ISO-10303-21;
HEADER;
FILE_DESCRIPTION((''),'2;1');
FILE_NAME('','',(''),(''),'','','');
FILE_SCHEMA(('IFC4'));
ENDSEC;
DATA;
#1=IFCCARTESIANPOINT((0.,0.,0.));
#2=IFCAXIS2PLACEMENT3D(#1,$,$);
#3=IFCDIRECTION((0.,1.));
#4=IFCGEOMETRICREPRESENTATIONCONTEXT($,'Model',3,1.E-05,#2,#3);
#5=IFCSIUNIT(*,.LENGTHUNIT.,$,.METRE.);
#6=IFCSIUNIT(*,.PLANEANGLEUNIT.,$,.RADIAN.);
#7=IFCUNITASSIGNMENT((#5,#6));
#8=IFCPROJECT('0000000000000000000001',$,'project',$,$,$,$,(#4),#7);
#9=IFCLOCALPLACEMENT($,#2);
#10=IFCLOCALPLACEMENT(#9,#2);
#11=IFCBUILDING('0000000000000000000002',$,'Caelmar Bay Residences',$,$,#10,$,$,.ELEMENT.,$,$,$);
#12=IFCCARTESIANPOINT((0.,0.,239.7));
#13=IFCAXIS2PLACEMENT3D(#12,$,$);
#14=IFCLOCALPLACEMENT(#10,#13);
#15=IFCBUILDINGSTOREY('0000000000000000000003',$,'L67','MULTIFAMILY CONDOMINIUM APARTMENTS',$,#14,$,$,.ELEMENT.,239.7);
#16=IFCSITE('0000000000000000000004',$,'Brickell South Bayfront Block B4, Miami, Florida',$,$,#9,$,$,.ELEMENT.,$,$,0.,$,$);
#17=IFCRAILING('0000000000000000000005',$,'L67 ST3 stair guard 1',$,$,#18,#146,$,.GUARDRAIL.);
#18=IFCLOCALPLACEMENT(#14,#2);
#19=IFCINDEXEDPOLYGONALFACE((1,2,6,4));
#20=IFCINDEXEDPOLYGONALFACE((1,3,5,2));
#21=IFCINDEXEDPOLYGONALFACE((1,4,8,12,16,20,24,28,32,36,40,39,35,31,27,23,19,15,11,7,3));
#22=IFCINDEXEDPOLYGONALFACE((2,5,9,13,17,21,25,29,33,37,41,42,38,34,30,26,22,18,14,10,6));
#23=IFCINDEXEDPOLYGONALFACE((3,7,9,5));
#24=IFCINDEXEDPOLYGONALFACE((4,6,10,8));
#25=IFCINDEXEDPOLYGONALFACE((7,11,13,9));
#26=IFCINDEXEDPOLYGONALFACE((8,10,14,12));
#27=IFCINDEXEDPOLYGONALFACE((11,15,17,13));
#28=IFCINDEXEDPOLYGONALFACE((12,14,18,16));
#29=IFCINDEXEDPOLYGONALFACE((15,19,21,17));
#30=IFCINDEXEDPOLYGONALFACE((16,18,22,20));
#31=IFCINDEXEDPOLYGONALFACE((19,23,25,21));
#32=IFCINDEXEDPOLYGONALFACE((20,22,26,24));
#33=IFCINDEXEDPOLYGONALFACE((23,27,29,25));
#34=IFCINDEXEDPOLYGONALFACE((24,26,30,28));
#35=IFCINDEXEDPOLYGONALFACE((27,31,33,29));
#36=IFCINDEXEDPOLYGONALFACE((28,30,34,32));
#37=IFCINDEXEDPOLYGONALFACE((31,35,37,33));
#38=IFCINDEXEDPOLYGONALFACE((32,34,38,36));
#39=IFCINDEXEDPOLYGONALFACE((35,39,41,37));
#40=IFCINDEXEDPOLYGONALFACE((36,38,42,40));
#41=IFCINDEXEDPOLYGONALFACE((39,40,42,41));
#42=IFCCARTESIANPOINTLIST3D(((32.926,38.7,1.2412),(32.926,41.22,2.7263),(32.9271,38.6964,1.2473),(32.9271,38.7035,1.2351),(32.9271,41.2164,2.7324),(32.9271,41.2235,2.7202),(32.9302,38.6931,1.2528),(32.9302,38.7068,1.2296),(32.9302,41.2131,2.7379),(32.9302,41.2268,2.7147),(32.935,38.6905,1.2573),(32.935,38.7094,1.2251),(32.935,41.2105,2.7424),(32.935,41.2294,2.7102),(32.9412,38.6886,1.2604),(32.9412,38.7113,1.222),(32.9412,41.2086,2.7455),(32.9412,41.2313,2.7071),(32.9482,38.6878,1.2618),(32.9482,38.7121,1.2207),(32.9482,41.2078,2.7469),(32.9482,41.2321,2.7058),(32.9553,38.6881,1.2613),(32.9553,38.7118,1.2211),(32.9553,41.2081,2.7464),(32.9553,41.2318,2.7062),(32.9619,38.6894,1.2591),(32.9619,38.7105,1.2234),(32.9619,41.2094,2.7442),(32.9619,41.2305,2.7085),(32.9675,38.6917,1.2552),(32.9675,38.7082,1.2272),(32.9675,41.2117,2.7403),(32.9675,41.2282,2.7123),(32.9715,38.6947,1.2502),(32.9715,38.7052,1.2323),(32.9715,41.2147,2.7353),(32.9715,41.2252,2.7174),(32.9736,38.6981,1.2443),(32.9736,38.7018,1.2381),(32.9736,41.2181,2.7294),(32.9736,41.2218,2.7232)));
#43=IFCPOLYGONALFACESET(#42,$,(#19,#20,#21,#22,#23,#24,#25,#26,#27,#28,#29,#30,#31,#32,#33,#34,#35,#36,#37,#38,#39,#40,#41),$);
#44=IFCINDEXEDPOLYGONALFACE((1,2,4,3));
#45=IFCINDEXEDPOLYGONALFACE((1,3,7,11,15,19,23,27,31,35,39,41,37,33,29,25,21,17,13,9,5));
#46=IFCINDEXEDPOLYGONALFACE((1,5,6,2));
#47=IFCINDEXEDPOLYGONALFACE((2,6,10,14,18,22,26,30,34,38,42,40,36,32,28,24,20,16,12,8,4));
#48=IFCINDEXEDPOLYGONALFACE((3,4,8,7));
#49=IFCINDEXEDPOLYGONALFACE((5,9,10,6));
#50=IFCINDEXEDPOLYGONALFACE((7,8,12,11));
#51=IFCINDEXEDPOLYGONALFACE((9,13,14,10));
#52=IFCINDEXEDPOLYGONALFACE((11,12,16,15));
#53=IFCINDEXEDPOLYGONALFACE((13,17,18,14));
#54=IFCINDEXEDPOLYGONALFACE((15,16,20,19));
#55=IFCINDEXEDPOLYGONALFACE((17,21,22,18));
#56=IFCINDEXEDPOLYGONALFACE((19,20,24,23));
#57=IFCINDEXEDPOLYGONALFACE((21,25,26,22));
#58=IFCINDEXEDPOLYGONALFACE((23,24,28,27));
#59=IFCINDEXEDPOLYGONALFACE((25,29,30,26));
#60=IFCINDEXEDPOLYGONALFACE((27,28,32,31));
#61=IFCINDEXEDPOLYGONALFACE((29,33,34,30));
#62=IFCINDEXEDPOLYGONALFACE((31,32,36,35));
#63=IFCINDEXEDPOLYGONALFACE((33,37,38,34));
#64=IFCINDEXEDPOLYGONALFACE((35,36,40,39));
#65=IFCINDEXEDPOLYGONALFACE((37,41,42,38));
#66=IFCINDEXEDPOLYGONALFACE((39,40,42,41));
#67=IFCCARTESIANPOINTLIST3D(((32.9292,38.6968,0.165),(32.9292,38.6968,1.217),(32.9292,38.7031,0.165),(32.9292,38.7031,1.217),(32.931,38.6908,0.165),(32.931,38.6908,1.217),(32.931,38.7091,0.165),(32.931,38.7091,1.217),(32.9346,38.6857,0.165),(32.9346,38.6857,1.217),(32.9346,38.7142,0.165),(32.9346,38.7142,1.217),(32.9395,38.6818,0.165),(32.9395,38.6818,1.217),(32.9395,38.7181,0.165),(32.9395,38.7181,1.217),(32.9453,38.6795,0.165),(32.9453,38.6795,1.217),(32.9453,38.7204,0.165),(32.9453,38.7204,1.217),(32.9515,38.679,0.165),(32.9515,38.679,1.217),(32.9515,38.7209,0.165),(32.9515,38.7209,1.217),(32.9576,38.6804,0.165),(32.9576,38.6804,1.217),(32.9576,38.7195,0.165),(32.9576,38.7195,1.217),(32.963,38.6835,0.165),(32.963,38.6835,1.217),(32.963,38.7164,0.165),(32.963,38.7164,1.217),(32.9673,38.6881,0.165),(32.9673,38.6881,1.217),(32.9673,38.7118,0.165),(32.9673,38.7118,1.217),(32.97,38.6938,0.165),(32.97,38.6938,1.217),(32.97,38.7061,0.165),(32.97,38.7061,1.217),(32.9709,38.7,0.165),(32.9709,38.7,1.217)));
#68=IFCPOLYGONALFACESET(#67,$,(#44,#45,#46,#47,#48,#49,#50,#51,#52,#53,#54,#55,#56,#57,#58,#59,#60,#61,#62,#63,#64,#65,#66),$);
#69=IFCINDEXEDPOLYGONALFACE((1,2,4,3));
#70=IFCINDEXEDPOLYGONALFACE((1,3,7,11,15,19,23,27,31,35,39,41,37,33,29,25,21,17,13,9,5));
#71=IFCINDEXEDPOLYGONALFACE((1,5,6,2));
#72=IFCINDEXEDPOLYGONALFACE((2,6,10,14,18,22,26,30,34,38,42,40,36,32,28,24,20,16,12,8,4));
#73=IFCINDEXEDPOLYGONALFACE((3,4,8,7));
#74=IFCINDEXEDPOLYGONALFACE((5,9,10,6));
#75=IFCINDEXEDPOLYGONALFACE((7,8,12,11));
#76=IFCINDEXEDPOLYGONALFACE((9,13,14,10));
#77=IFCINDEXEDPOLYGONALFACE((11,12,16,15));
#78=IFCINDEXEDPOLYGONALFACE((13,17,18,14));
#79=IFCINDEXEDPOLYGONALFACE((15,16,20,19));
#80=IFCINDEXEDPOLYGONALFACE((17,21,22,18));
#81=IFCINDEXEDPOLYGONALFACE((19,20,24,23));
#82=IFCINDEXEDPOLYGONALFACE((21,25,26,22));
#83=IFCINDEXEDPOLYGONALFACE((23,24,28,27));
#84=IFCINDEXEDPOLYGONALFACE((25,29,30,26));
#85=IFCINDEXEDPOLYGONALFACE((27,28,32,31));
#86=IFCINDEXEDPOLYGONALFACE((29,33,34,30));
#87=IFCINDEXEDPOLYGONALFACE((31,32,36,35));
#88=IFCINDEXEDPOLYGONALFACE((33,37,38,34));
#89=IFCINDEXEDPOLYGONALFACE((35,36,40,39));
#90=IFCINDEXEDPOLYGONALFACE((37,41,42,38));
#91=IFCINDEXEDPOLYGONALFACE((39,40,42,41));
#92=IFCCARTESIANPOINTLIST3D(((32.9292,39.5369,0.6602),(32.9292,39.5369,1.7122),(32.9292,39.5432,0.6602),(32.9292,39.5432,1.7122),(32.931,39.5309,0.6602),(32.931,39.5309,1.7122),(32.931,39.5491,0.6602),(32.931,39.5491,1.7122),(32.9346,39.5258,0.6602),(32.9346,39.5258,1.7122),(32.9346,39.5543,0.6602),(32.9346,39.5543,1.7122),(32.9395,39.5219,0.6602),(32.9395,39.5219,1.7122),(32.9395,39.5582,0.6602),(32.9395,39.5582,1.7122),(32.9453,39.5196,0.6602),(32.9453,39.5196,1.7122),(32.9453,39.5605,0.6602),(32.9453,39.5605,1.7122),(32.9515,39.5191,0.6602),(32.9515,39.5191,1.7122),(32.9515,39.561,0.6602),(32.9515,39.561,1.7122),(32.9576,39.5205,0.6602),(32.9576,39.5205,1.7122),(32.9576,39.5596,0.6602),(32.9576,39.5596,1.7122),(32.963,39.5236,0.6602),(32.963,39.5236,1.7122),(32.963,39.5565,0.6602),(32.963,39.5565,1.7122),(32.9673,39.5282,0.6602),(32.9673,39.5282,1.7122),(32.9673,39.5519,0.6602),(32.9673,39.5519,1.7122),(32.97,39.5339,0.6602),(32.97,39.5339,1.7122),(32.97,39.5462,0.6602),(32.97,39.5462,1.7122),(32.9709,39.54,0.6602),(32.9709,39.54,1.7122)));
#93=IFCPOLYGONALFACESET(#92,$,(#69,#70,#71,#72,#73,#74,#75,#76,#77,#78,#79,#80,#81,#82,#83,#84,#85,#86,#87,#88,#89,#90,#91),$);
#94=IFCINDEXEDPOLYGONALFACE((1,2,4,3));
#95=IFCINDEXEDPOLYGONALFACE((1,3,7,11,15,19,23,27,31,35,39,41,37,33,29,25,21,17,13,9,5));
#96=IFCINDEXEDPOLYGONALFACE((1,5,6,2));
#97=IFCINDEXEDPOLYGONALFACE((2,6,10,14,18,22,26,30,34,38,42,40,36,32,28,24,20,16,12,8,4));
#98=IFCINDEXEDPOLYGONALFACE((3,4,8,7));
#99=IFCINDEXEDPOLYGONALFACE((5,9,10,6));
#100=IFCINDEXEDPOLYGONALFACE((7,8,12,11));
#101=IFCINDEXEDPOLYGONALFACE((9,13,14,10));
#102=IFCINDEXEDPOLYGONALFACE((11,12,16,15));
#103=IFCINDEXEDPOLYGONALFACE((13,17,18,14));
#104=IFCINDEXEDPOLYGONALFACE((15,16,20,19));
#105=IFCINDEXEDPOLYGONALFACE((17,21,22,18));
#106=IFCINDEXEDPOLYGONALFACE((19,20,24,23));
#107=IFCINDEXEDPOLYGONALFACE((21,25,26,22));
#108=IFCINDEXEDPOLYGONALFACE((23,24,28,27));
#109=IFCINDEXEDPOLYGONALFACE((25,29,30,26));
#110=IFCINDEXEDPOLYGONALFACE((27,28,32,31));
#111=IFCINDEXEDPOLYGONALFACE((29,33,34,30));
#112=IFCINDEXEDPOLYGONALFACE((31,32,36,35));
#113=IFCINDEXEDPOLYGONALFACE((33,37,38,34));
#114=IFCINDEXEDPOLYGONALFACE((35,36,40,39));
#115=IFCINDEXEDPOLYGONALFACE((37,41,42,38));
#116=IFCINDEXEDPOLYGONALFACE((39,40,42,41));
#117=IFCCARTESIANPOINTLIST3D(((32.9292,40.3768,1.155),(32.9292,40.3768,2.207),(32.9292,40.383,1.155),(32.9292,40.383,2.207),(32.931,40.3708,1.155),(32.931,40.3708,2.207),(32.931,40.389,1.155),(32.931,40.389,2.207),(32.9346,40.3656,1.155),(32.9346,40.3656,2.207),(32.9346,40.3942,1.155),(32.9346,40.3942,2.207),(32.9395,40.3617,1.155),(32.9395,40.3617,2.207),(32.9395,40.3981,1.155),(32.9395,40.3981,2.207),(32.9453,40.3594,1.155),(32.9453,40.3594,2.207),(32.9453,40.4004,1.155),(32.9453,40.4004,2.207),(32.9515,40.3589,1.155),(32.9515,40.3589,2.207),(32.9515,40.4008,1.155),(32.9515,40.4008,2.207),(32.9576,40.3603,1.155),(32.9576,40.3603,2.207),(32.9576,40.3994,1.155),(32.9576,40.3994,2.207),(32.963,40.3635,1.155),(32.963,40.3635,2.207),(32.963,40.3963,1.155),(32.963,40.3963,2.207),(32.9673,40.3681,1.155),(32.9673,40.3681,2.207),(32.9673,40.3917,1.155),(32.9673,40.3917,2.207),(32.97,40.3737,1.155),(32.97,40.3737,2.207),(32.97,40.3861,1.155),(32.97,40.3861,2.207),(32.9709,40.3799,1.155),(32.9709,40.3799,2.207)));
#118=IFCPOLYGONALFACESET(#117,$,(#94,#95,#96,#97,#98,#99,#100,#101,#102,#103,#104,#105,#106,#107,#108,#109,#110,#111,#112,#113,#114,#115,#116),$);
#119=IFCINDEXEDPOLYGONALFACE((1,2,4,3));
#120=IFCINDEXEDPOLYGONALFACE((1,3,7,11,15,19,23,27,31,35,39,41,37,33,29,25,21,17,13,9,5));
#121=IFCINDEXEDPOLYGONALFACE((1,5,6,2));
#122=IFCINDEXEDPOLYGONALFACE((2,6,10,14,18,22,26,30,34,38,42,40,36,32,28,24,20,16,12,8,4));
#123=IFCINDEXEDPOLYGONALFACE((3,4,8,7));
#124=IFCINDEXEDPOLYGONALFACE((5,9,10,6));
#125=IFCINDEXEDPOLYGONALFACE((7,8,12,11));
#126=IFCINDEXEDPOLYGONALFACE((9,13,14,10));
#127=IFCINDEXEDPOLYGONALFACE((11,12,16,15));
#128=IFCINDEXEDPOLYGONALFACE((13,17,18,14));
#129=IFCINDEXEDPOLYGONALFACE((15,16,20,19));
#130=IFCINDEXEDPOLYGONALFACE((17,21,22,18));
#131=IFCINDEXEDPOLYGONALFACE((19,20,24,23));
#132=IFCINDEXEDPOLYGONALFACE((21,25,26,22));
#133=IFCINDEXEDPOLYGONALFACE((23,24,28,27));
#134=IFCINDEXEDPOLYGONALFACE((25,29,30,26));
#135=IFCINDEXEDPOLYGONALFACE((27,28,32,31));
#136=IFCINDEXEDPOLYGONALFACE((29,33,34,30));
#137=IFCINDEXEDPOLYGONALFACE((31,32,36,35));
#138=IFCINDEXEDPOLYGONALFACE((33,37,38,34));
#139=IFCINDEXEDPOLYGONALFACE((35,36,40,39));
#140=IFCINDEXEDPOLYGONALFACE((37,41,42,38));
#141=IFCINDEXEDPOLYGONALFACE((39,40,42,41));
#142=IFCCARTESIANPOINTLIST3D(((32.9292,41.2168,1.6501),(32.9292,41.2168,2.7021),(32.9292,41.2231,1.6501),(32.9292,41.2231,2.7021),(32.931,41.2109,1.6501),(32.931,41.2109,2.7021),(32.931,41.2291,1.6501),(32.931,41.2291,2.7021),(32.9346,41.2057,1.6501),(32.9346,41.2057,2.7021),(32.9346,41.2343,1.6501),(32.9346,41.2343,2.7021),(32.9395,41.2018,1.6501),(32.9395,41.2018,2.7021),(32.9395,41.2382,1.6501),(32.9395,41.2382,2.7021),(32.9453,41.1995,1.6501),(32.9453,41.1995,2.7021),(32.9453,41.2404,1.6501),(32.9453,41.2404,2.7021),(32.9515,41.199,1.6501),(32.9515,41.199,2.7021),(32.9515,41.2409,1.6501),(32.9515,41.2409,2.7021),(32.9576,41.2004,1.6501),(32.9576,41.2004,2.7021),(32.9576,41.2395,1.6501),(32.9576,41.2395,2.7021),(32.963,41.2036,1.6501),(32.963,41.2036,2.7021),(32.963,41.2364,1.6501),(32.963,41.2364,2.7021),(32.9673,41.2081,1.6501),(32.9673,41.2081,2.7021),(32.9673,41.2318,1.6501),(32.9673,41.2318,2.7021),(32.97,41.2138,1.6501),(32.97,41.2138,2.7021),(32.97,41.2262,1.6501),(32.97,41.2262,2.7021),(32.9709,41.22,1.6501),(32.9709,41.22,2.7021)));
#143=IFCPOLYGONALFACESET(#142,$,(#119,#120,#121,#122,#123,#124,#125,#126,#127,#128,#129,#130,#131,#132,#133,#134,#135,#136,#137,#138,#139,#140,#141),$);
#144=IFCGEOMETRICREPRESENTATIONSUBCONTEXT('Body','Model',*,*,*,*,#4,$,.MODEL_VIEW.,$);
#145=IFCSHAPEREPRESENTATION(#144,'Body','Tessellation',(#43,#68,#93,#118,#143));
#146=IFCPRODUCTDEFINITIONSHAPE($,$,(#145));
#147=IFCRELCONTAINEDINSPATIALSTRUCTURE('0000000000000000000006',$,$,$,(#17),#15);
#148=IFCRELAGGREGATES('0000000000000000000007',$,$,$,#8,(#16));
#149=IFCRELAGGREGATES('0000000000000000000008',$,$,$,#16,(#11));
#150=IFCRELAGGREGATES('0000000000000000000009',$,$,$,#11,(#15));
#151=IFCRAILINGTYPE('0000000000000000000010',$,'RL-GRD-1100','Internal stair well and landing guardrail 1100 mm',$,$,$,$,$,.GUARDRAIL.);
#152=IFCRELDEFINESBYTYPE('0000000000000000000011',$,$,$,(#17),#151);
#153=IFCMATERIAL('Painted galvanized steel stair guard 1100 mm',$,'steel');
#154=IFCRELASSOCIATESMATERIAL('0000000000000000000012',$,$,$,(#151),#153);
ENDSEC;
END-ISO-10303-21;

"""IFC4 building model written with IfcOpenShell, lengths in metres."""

from ifc_helpers import new_model, si_unit, direction, frame, origin, origin_2d, place, context, subcontext, project, spatial, circle, extrude, material, type_object, element, save


model = new_model("IFC4")

# Units and contexts
model_context = context("Model", 3, precision=1e-05, world=origin(), true_north=direction((0.0, 1.0)))
body_context = subcontext(model_context, "Body", "Model", "MODEL_VIEW")
ifc_project = project(units=[si_unit("LENGTHUNIT", "METRE"), si_unit("PLANEANGLEUNIT", "RADIAN")], contexts=[model_context])

# Site, building, storey
site_placement = place(None, origin())
site = spatial("IfcSite", under=ifc_project, at=site_placement, Name="Brickell South Bayfront Block B4, Miami, Florida", CompositionType="ELEMENT", RefElevation=0.0)
building_placement = place(site_placement, origin())
building = spatial("IfcBuilding", under=site, at=building_placement, Name="Caelmar Bay Residences", CompositionType="ELEMENT")
storey_placement = place(building_placement, frame((0.0, 0.0, 239.7)))
storey = spatial("IfcBuildingStorey", under=building, at=storey_placement, Name="L67", Description="MULTIFAMILY CONDOMINIUM APARTMENTS", CompositionType="ELEMENT", Elevation=239.7)

# Railing
ifc_material_1 = material(Name="Painted galvanized steel stair guard 1100 mm", Category="steel")
railing_type_1 = type_object("IfcRailingType", Name="RL-GRD-1100", Description="Internal stair well and landing guardrail 1100 mm", PredefinedType="GUARDRAIL", material=ifc_material_1)
railing_1_placement = place(storey_placement, frame((32.95, 38.7, 0.165)))
element("IfcRailing", 1, at=railing_1_placement, inside=storey, type_object=railing_type_1, Name="L67 ST3 stair guard 1", PredefinedType="GUARDRAIL", context=body_context, shape_type="SweptSolid", body=[
    extrude(circle(Radius=0.0239, at=origin_2d()), frame((0.0, 0.0, 1.0762), z_axis=(0.0, 0.861524, 0.507717), x_axis=(-1.0, 0.0, 0.0)), (0.0, 0.0, 1.0), 2.925),
    extrude(circle(Radius=0.021, at=origin_2d()), origin(), (0.0, 0.0, 1.0), 1.052),
    extrude(circle(Radius=0.021, at=origin_2d()), frame((0.0, 0.8401, 0.4951)), (0.0, 0.0, 1.0), 1.052),
    extrude(circle(Radius=0.021, at=origin_2d()), frame((0.0, 1.6799, 0.99)), (0.0, 0.0, 1.0), 1.052),
    extrude(circle(Radius=0.021, at=origin_2d()), frame((0.0, 2.52, 1.4851)), (0.0, 0.0, 1.0), 1.052),
])

save(model, "model.ifc")
